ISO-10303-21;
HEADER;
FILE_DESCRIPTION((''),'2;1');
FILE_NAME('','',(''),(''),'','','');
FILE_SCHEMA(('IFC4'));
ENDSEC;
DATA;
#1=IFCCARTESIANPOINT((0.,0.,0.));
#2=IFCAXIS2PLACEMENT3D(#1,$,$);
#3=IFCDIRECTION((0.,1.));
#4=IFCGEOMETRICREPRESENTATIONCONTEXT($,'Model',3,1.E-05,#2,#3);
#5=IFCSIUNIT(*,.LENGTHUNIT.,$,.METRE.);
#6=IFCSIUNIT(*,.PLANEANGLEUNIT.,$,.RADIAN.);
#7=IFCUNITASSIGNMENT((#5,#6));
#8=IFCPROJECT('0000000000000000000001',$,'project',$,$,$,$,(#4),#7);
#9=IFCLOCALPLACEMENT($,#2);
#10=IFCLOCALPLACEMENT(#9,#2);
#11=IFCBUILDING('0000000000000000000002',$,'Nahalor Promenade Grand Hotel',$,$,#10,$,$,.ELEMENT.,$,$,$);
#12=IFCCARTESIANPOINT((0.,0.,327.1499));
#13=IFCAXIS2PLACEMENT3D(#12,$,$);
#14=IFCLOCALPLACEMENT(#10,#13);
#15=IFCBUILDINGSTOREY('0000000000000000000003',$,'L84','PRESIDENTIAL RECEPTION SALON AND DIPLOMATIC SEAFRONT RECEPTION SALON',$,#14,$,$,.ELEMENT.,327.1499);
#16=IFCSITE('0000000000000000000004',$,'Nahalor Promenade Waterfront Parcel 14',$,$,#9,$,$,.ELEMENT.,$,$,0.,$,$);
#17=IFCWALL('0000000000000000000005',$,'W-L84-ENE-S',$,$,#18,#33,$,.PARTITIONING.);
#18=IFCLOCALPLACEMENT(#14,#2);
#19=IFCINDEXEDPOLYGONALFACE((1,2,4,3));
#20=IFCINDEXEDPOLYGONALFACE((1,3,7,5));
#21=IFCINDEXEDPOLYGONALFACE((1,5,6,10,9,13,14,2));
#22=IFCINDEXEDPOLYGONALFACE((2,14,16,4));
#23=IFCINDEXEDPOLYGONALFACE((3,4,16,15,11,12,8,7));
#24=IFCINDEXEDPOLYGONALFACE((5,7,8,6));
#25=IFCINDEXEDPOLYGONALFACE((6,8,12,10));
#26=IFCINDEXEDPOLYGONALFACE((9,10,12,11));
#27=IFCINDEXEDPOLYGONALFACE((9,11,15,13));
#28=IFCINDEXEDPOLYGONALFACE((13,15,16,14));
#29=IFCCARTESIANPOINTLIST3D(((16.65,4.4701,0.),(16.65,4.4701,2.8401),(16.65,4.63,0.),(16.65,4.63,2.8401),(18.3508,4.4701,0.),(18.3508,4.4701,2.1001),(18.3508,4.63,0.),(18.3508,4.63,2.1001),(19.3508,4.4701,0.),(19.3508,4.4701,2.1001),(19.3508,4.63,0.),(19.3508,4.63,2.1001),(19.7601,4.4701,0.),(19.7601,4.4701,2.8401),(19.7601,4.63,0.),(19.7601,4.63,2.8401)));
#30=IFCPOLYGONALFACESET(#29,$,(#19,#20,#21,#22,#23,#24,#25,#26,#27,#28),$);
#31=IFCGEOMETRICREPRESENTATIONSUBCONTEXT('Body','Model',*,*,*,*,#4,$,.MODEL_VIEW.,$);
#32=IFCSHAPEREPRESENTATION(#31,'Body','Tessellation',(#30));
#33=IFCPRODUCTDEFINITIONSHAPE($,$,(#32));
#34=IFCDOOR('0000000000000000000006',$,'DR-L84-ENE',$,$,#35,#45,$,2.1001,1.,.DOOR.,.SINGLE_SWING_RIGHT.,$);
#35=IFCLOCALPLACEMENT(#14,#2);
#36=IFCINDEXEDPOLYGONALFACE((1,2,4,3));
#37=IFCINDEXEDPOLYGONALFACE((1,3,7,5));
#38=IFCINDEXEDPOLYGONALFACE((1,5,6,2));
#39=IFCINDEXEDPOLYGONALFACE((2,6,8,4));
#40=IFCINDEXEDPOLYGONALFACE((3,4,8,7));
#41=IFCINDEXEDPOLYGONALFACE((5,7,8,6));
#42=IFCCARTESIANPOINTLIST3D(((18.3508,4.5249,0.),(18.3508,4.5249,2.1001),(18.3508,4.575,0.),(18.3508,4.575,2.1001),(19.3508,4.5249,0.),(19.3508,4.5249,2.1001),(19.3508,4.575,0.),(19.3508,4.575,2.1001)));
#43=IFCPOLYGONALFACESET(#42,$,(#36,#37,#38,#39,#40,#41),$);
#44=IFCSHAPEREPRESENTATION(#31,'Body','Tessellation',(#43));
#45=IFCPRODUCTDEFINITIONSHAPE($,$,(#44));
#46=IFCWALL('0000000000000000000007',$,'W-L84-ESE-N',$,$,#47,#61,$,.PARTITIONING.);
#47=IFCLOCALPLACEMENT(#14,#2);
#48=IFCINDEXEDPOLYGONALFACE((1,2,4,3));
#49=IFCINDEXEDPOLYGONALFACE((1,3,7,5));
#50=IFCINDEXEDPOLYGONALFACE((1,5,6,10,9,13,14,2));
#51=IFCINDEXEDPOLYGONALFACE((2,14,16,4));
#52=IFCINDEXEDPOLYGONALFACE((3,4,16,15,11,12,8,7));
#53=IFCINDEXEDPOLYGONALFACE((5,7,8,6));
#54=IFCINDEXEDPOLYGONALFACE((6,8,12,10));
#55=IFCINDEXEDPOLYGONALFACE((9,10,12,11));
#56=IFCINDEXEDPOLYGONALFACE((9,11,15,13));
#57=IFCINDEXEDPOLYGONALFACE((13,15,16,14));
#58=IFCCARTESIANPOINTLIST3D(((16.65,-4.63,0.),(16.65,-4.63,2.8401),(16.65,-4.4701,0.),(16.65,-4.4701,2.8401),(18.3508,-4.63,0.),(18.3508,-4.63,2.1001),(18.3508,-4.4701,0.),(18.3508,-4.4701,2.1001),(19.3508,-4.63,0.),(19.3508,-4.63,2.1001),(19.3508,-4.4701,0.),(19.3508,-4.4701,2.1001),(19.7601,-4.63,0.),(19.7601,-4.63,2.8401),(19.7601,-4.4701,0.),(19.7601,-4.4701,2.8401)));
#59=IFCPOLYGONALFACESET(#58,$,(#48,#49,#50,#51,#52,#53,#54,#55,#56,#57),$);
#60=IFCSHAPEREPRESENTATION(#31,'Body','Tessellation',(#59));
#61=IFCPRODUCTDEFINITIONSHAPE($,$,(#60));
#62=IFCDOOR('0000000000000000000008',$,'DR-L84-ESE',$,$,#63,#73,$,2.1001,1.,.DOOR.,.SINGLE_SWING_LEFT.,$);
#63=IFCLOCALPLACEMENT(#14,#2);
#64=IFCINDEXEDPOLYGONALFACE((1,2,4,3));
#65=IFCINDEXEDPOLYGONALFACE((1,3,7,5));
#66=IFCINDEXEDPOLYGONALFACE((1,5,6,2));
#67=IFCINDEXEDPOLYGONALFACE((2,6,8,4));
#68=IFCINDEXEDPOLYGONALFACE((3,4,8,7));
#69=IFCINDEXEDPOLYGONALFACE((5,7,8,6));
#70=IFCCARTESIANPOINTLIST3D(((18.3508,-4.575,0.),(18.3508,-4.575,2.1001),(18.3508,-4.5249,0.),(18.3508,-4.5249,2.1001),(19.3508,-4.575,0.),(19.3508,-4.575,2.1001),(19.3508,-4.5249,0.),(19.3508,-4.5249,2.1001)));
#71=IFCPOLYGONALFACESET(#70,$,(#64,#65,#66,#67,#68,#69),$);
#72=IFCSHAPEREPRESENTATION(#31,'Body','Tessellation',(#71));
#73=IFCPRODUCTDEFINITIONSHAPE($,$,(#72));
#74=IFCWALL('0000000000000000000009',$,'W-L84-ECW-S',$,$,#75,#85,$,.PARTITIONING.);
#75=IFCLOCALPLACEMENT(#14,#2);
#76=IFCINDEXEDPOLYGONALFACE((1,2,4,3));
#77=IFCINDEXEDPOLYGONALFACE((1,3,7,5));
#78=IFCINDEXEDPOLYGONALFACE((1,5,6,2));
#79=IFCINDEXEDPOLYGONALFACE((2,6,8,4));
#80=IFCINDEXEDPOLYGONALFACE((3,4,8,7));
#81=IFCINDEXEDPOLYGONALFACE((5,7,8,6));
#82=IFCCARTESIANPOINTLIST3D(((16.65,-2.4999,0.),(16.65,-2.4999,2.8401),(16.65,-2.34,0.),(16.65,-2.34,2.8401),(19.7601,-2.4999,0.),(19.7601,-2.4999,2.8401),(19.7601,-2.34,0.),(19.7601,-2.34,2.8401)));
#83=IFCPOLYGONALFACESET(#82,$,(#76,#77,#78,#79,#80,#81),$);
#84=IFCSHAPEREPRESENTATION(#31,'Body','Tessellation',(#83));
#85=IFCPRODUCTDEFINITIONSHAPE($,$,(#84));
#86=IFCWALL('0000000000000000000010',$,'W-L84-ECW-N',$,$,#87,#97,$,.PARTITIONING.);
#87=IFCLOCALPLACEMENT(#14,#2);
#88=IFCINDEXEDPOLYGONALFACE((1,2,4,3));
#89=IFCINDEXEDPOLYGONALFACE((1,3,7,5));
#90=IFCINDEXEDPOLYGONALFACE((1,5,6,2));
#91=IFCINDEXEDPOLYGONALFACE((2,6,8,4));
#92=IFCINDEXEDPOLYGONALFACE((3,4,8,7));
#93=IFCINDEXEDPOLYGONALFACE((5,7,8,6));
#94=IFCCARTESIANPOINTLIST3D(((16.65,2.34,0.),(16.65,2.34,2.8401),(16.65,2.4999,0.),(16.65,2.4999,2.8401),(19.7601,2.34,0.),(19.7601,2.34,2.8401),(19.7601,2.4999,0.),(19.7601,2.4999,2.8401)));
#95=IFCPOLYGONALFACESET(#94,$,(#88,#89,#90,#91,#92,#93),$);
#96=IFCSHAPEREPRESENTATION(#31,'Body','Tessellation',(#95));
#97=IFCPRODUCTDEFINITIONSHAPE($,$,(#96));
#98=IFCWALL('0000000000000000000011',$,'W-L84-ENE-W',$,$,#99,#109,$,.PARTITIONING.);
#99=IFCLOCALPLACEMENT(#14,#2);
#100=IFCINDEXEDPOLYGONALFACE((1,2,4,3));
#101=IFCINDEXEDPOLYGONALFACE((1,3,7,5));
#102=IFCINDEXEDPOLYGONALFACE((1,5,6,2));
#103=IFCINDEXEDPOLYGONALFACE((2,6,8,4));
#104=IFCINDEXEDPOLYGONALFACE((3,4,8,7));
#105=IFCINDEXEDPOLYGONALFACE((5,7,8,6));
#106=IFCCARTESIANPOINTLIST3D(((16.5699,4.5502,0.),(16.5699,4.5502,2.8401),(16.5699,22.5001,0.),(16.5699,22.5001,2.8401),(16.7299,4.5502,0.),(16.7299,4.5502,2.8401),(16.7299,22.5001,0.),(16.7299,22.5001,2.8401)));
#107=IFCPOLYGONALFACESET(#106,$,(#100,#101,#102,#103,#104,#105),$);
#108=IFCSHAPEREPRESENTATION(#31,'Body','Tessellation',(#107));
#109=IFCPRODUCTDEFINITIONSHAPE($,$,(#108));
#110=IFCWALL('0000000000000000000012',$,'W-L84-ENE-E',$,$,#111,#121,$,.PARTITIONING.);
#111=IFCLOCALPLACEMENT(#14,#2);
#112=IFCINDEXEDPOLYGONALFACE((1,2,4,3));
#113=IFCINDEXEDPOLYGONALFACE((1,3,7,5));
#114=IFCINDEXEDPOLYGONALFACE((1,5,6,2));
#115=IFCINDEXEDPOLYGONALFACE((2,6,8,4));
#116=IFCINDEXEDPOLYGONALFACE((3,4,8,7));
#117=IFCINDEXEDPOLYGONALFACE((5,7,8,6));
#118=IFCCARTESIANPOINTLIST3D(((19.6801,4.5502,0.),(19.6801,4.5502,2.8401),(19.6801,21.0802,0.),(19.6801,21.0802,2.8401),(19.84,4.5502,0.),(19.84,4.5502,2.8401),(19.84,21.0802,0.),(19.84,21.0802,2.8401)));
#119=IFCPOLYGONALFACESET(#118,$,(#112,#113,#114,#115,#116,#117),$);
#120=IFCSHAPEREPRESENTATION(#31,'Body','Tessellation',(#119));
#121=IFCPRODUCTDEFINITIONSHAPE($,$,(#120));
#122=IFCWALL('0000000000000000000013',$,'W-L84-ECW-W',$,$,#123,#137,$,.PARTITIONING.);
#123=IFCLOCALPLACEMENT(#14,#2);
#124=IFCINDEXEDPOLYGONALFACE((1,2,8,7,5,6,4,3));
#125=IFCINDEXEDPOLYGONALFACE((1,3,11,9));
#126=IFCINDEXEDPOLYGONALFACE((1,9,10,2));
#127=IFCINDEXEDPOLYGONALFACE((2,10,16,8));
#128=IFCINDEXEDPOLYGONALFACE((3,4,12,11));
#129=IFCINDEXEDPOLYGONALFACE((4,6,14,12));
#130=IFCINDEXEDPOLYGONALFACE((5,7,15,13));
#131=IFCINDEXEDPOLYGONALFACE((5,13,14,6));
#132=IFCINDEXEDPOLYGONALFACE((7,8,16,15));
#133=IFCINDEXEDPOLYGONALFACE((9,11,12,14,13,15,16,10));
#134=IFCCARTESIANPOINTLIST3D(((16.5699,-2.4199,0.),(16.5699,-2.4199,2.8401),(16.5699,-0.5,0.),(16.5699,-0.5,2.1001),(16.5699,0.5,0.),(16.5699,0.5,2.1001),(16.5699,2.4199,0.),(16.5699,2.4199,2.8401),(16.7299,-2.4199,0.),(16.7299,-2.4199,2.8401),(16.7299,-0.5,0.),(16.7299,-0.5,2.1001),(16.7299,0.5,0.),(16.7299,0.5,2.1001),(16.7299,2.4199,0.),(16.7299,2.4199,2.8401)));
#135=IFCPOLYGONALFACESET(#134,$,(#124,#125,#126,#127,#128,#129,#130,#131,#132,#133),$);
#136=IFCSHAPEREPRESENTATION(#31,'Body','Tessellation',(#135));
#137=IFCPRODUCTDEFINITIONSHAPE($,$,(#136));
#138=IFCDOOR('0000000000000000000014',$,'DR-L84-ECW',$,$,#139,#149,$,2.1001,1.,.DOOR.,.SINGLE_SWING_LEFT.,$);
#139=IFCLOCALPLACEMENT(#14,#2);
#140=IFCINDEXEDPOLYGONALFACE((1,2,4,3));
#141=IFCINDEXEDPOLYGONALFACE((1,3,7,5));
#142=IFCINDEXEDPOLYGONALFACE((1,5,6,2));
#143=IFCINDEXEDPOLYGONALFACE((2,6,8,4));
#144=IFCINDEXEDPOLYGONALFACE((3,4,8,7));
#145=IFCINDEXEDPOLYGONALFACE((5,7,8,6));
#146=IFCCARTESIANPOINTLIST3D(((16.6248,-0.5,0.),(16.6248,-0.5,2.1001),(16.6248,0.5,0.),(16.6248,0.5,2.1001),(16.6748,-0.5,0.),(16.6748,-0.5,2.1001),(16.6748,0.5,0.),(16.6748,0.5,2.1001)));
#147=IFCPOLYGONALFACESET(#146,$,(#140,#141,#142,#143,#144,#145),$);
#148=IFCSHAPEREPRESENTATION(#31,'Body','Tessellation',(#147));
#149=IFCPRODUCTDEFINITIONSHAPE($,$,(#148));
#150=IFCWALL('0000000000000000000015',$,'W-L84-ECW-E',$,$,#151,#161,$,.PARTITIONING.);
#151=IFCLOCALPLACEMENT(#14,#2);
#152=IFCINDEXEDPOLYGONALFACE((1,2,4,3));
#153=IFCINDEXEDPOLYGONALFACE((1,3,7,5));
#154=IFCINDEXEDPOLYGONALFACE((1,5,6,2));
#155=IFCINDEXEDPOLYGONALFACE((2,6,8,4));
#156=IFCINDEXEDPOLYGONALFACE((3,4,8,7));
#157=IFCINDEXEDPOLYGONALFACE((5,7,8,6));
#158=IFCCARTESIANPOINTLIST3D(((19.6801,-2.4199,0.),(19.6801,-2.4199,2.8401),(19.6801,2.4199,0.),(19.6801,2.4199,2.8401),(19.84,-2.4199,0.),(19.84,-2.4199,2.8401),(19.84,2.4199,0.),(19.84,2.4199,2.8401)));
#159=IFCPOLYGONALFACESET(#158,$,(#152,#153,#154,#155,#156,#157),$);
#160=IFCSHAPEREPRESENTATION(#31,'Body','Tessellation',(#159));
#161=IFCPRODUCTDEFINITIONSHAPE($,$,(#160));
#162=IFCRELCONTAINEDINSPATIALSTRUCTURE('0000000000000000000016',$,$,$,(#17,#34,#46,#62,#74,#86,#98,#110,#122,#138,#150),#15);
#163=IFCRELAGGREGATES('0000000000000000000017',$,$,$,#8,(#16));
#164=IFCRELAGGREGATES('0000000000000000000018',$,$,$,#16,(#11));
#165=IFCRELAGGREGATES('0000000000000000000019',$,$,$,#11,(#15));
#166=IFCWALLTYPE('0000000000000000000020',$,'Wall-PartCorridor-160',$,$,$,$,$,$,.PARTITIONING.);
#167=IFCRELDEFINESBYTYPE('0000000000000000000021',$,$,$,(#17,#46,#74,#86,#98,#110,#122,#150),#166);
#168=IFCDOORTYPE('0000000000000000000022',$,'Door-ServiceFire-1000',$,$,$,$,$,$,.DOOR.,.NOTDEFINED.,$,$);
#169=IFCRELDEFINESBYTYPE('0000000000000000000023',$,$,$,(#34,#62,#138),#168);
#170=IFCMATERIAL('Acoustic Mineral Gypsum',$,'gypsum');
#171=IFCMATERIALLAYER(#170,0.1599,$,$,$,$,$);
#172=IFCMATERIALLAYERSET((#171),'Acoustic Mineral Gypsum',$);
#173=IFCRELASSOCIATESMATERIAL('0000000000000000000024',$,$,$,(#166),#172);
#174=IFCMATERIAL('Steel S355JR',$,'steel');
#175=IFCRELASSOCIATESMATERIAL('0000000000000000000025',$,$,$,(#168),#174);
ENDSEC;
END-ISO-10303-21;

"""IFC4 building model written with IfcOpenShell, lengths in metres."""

from ifc_helpers import new_model, si_unit, direction, frame, frame_2d, origin, place, context, subcontext, project, spatial, rectangle, extrude, source, transform, mapped, material, layer, layer_set, type_object, element, fill, save


model = new_model("IFC4")

# Units and contexts
model_context = context("Model", 3, precision=1e-05, world=origin(), true_north=direction((0.0, 1.0)))
body_context = subcontext(model_context, "Body", "Model", "MODEL_VIEW")
ifc_project = project(units=[si_unit("LENGTHUNIT", "METRE"), si_unit("PLANEANGLEUNIT", "RADIAN")], contexts=[model_context])

# Site, building, storey
site_placement = place(None, origin())
site = spatial("IfcSite", under=ifc_project, at=site_placement, Name="Nahalor Promenade Waterfront Parcel 14", CompositionType="ELEMENT", RefElevation=0.0)
building_placement = place(site_placement, origin())
building = spatial("IfcBuilding", under=site, at=building_placement, Name="Nahalor Promenade Grand Hotel", CompositionType="ELEMENT")
storey_placement = place(building_placement, frame((0.0, 0.0, 327.1499)))
storey = spatial("IfcBuildingStorey", under=building, at=storey_placement, Name="L84", Description="PRESIDENTIAL RECEPTION SALON AND DIPLOMATIC SEAFRONT RECEPTION SALON", CompositionType="ELEMENT", Elevation=327.1499)

# Shared definitions
ifc_material_1 = material(Name="Steel S355JR", Category="steel")

# Shared definitions
ifc_material_2 = material(Name="Acoustic Mineral Gypsum", Category="gypsum")
ifc_layer_1 = layer(ifc_material_2, 0.1599)
ifc_layer_set_1 = layer_set([ifc_layer_1], Name="Acoustic Mineral Gypsum")
wall_type_1 = type_object("IfcWallType", Name="Wall-PartCorridor-160", PredefinedType="PARTITIONING", material=ifc_layer_set_1)

# Walls, openings, doors
shared_shape_1 = source(origin(), body_context, "Body", "SweptSolid", [
    extrude(rectangle(XDim=3.1101, YDim=0.1599, at=frame_2d((1.5552, 0.0))), origin(), (0.0, 0.0, 1.0), 2.8401),
])
wall_1_placement = place(storey_placement, frame((16.6499, 4.55, 0.0), z_axis=(0.0, 0.0, 1.0), x_axis=(1.0, 0.0, 0.0)))
wall_1 = element("IfcWall", 1, at=wall_1_placement, inside=storey, type_object=wall_type_1, Name="W-L84-ENE-S", PredefinedType="PARTITIONING", context=body_context, shape_type="MappedRepresentation", body=[
    mapped(shared_shape_1, transform((0.0, 0.0, 0.0), scale=1.0)),
])
opening_1_placement = place(wall_1_placement, frame((1.7009, 0.0, 0.0)))
opening_1 = element("IfcOpeningElement", 2, at=opening_1_placement, cuts=wall_1, PredefinedType="OPENING", context=body_context, shape_type="SweptSolid", body=[
    extrude(rectangle(XDim=1.0, YDim=2.1001, at=frame_2d((0.5, 1.05))), frame((0.0, 0.0898, 0.0), z_axis=(0.0, -1.0, 0.0), x_axis=(1.0, 0.0, 0.0)), (0.0, 0.0, 1.0), 0.1799),
])
door_type_1 = type_object("IfcDoorType", Name="Door-ServiceFire-1000", OperationType="NOTDEFINED", PredefinedType="DOOR", material=ifc_material_1)
shared_shape_2 = source(origin(), body_context, "Body", "SweptSolid", [
    extrude(rectangle(XDim=1.0, YDim=2.1001, at=frame_2d((0.5, 1.05))), frame((0.0, 0.0249, 0.0), z_axis=(0.0, -1.0, 0.0), x_axis=(1.0, 0.0, 0.0)), (0.0, 0.0, 1.0), 0.05),
])
door_1_placement = place(opening_1_placement, origin())
door_1 = element("IfcDoor", 3, at=door_1_placement, inside=storey, type_object=door_type_1, Name="DR-L84-ENE", OperationType="SINGLE_SWING_RIGHT", OverallHeight=2.1001, OverallWidth=1.0, PredefinedType="DOOR", context=body_context, shape_type="MappedRepresentation", body=[
    mapped(shared_shape_2, transform((0.0, 0.0, 0.0), scale=1.0)),
])
fill(opening_1, door_1)
wall_2_placement = place(storey_placement, frame((16.6499, -4.55, 0.0), z_axis=(0.0, 0.0, 1.0), x_axis=(1.0, 0.0, 0.0)))
wall_2 = element("IfcWall", 4, at=wall_2_placement, inside=storey, type_object=wall_type_1, Name="W-L84-ESE-N", PredefinedType="PARTITIONING", context=body_context, shape_type="MappedRepresentation", body=[
    mapped(shared_shape_1, transform((0.0, 0.0, 0.0), scale=1.0)),
])
opening_2_placement = place(wall_2_placement, frame((1.7009, 0.0, 0.0)))
opening_2 = element("IfcOpeningElement", 5, at=opening_2_placement, cuts=wall_2, PredefinedType="OPENING", context=body_context, shape_type="SweptSolid", body=[
    extrude(rectangle(XDim=1.0, YDim=2.1001, at=frame_2d((0.5, 1.05))), frame((0.0, 0.0898, 0.0), z_axis=(0.0, -1.0, 0.0), x_axis=(1.0, 0.0, 0.0)), (0.0, 0.0, 1.0), 0.1799),
])
door_2_placement = place(opening_2_placement, frame((1.0, 0.0, 0.0), z_axis=(0.0, 0.0, 1.0), x_axis=(-1.0, 0.0, 0.0)))
door_2 = element("IfcDoor", 6, at=door_2_placement, inside=storey, type_object=door_type_1, Name="DR-L84-ESE", OperationType="SINGLE_SWING_LEFT", OverallHeight=2.1001, OverallWidth=1.0, PredefinedType="DOOR", context=body_context, shape_type="MappedRepresentation", body=[
    mapped(shared_shape_2, transform((0.0, 0.0, 0.0), scale=1.0)),
])
fill(opening_2, door_2)

# Walls
for number, where, z_axis, x_axis, name in (
    (7, (16.6499, -2.4199, 0.0), (0.0, 0.0, 1.0), (1.0, 0.0, 0.0), "W-L84-ECW-S"),
    (8, (16.6499, 2.4199, 0.0), (0.0, 0.0, 1.0), (1.0, 0.0, 0.0), "W-L84-ECW-N"),
):
    element("IfcWall", number, at=place(storey_placement, frame(where, z_axis=z_axis, x_axis=x_axis)), inside=storey, type_object=wall_type_1, Name=name, PredefinedType="PARTITIONING", context=body_context, shape_type="MappedRepresentation", body=[
        mapped(shared_shape_1, transform((0.0, 0.0, 0.0), scale=1.0)),
    ])
shared_shape_3 = source(origin(), body_context, "Body", "SweptSolid", [
    extrude(rectangle(XDim=17.95, YDim=0.1599, at=frame_2d((8.9751, 0.0))), origin(), (0.0, 0.0, 1.0), 2.8401),
])
wall_3_placement = place(storey_placement, frame((16.6499, 4.55, 0.0), z_axis=(0.0, 0.0, 1.0), x_axis=(0.0, 1.0, 0.0)))
element("IfcWall", 9, at=wall_3_placement, inside=storey, type_object=wall_type_1, Name="W-L84-ENE-W", PredefinedType="PARTITIONING", context=body_context, shape_type="MappedRepresentation", body=[
    mapped(shared_shape_3, transform((0.0, 0.0, 0.0), scale=1.0)),
])
shared_shape_4 = source(origin(), body_context, "Body", "SweptSolid", [
    extrude(rectangle(XDim=16.53, YDim=0.1599, at=frame_2d((8.2651, 0.0))), origin(), (0.0, 0.0, 1.0), 2.8401),
])
wall_4_placement = place(storey_placement, frame((19.76, 4.55, 0.0), z_axis=(0.0, 0.0, 1.0), x_axis=(0.0, 1.0, 0.0)))
element("IfcWall", 10, at=wall_4_placement, inside=storey, type_object=wall_type_1, Name="W-L84-ENE-E", PredefinedType="PARTITIONING", context=body_context, shape_type="MappedRepresentation", body=[
    mapped(shared_shape_4, transform((0.0, 0.0, 0.0), scale=1.0)),
])

# Wall, opening, door
shared_shape_5 = source(origin(), body_context, "Body", "SweptSolid", [
    extrude(rectangle(XDim=4.8398, YDim=0.1599, at=frame_2d((2.4199, 0.0))), origin(), (0.0, 0.0, 1.0), 2.8401),
])
wall_5_placement = place(storey_placement, frame((16.6499, -2.4199, 0.0), z_axis=(0.0, 0.0, 1.0), x_axis=(0.0, 1.0, 0.0)))
wall_5 = element("IfcWall", 11, at=wall_5_placement, inside=storey, type_object=wall_type_1, Name="W-L84-ECW-W", PredefinedType="PARTITIONING", context=body_context, shape_type="MappedRepresentation", body=[
    mapped(shared_shape_5, transform((0.0, 0.0, 0.0), scale=1.0)),
])
opening_3_placement = place(wall_5_placement, frame((1.9199, 0.0, 0.0)))
opening_3 = element("IfcOpeningElement", 12, at=opening_3_placement, cuts=wall_5, PredefinedType="OPENING", context=body_context, shape_type="SweptSolid", body=[
    extrude(rectangle(XDim=1.0, YDim=2.1001, at=frame_2d((0.5, 1.05))), frame((0.0, 0.0898, 0.0), z_axis=(0.0, -1.0, 0.0), x_axis=(1.0, 0.0, 0.0)), (0.0, 0.0, 1.0), 0.1799),
])
door_3_placement = place(opening_3_placement, frame((1.0, 0.0, 0.0), z_axis=(0.0, 0.0, 1.0), x_axis=(-1.0, 0.0, 0.0)))
door_3 = element("IfcDoor", 13, at=door_3_placement, inside=storey, type_object=door_type_1, Name="DR-L84-ECW", OperationType="SINGLE_SWING_LEFT", OverallHeight=2.1001, OverallWidth=1.0, PredefinedType="DOOR", context=body_context, shape_type="MappedRepresentation", body=[
    mapped(shared_shape_2, transform((0.0, 0.0, 0.0), scale=1.0)),
])
fill(opening_3, door_3)

# Wall
wall_6_placement = place(storey_placement, frame((19.76, -2.4199, 0.0), z_axis=(0.0, 0.0, 1.0), x_axis=(0.0, 1.0, 0.0)))
element("IfcWall", 14, at=wall_6_placement, inside=storey, type_object=wall_type_1, Name="W-L84-ECW-E", PredefinedType="PARTITIONING", context=body_context, shape_type="MappedRepresentation", body=[
    mapped(shared_shape_5, transform((0.0, 0.0, 0.0), scale=1.0)),
])

save(model, "model.ifc")
